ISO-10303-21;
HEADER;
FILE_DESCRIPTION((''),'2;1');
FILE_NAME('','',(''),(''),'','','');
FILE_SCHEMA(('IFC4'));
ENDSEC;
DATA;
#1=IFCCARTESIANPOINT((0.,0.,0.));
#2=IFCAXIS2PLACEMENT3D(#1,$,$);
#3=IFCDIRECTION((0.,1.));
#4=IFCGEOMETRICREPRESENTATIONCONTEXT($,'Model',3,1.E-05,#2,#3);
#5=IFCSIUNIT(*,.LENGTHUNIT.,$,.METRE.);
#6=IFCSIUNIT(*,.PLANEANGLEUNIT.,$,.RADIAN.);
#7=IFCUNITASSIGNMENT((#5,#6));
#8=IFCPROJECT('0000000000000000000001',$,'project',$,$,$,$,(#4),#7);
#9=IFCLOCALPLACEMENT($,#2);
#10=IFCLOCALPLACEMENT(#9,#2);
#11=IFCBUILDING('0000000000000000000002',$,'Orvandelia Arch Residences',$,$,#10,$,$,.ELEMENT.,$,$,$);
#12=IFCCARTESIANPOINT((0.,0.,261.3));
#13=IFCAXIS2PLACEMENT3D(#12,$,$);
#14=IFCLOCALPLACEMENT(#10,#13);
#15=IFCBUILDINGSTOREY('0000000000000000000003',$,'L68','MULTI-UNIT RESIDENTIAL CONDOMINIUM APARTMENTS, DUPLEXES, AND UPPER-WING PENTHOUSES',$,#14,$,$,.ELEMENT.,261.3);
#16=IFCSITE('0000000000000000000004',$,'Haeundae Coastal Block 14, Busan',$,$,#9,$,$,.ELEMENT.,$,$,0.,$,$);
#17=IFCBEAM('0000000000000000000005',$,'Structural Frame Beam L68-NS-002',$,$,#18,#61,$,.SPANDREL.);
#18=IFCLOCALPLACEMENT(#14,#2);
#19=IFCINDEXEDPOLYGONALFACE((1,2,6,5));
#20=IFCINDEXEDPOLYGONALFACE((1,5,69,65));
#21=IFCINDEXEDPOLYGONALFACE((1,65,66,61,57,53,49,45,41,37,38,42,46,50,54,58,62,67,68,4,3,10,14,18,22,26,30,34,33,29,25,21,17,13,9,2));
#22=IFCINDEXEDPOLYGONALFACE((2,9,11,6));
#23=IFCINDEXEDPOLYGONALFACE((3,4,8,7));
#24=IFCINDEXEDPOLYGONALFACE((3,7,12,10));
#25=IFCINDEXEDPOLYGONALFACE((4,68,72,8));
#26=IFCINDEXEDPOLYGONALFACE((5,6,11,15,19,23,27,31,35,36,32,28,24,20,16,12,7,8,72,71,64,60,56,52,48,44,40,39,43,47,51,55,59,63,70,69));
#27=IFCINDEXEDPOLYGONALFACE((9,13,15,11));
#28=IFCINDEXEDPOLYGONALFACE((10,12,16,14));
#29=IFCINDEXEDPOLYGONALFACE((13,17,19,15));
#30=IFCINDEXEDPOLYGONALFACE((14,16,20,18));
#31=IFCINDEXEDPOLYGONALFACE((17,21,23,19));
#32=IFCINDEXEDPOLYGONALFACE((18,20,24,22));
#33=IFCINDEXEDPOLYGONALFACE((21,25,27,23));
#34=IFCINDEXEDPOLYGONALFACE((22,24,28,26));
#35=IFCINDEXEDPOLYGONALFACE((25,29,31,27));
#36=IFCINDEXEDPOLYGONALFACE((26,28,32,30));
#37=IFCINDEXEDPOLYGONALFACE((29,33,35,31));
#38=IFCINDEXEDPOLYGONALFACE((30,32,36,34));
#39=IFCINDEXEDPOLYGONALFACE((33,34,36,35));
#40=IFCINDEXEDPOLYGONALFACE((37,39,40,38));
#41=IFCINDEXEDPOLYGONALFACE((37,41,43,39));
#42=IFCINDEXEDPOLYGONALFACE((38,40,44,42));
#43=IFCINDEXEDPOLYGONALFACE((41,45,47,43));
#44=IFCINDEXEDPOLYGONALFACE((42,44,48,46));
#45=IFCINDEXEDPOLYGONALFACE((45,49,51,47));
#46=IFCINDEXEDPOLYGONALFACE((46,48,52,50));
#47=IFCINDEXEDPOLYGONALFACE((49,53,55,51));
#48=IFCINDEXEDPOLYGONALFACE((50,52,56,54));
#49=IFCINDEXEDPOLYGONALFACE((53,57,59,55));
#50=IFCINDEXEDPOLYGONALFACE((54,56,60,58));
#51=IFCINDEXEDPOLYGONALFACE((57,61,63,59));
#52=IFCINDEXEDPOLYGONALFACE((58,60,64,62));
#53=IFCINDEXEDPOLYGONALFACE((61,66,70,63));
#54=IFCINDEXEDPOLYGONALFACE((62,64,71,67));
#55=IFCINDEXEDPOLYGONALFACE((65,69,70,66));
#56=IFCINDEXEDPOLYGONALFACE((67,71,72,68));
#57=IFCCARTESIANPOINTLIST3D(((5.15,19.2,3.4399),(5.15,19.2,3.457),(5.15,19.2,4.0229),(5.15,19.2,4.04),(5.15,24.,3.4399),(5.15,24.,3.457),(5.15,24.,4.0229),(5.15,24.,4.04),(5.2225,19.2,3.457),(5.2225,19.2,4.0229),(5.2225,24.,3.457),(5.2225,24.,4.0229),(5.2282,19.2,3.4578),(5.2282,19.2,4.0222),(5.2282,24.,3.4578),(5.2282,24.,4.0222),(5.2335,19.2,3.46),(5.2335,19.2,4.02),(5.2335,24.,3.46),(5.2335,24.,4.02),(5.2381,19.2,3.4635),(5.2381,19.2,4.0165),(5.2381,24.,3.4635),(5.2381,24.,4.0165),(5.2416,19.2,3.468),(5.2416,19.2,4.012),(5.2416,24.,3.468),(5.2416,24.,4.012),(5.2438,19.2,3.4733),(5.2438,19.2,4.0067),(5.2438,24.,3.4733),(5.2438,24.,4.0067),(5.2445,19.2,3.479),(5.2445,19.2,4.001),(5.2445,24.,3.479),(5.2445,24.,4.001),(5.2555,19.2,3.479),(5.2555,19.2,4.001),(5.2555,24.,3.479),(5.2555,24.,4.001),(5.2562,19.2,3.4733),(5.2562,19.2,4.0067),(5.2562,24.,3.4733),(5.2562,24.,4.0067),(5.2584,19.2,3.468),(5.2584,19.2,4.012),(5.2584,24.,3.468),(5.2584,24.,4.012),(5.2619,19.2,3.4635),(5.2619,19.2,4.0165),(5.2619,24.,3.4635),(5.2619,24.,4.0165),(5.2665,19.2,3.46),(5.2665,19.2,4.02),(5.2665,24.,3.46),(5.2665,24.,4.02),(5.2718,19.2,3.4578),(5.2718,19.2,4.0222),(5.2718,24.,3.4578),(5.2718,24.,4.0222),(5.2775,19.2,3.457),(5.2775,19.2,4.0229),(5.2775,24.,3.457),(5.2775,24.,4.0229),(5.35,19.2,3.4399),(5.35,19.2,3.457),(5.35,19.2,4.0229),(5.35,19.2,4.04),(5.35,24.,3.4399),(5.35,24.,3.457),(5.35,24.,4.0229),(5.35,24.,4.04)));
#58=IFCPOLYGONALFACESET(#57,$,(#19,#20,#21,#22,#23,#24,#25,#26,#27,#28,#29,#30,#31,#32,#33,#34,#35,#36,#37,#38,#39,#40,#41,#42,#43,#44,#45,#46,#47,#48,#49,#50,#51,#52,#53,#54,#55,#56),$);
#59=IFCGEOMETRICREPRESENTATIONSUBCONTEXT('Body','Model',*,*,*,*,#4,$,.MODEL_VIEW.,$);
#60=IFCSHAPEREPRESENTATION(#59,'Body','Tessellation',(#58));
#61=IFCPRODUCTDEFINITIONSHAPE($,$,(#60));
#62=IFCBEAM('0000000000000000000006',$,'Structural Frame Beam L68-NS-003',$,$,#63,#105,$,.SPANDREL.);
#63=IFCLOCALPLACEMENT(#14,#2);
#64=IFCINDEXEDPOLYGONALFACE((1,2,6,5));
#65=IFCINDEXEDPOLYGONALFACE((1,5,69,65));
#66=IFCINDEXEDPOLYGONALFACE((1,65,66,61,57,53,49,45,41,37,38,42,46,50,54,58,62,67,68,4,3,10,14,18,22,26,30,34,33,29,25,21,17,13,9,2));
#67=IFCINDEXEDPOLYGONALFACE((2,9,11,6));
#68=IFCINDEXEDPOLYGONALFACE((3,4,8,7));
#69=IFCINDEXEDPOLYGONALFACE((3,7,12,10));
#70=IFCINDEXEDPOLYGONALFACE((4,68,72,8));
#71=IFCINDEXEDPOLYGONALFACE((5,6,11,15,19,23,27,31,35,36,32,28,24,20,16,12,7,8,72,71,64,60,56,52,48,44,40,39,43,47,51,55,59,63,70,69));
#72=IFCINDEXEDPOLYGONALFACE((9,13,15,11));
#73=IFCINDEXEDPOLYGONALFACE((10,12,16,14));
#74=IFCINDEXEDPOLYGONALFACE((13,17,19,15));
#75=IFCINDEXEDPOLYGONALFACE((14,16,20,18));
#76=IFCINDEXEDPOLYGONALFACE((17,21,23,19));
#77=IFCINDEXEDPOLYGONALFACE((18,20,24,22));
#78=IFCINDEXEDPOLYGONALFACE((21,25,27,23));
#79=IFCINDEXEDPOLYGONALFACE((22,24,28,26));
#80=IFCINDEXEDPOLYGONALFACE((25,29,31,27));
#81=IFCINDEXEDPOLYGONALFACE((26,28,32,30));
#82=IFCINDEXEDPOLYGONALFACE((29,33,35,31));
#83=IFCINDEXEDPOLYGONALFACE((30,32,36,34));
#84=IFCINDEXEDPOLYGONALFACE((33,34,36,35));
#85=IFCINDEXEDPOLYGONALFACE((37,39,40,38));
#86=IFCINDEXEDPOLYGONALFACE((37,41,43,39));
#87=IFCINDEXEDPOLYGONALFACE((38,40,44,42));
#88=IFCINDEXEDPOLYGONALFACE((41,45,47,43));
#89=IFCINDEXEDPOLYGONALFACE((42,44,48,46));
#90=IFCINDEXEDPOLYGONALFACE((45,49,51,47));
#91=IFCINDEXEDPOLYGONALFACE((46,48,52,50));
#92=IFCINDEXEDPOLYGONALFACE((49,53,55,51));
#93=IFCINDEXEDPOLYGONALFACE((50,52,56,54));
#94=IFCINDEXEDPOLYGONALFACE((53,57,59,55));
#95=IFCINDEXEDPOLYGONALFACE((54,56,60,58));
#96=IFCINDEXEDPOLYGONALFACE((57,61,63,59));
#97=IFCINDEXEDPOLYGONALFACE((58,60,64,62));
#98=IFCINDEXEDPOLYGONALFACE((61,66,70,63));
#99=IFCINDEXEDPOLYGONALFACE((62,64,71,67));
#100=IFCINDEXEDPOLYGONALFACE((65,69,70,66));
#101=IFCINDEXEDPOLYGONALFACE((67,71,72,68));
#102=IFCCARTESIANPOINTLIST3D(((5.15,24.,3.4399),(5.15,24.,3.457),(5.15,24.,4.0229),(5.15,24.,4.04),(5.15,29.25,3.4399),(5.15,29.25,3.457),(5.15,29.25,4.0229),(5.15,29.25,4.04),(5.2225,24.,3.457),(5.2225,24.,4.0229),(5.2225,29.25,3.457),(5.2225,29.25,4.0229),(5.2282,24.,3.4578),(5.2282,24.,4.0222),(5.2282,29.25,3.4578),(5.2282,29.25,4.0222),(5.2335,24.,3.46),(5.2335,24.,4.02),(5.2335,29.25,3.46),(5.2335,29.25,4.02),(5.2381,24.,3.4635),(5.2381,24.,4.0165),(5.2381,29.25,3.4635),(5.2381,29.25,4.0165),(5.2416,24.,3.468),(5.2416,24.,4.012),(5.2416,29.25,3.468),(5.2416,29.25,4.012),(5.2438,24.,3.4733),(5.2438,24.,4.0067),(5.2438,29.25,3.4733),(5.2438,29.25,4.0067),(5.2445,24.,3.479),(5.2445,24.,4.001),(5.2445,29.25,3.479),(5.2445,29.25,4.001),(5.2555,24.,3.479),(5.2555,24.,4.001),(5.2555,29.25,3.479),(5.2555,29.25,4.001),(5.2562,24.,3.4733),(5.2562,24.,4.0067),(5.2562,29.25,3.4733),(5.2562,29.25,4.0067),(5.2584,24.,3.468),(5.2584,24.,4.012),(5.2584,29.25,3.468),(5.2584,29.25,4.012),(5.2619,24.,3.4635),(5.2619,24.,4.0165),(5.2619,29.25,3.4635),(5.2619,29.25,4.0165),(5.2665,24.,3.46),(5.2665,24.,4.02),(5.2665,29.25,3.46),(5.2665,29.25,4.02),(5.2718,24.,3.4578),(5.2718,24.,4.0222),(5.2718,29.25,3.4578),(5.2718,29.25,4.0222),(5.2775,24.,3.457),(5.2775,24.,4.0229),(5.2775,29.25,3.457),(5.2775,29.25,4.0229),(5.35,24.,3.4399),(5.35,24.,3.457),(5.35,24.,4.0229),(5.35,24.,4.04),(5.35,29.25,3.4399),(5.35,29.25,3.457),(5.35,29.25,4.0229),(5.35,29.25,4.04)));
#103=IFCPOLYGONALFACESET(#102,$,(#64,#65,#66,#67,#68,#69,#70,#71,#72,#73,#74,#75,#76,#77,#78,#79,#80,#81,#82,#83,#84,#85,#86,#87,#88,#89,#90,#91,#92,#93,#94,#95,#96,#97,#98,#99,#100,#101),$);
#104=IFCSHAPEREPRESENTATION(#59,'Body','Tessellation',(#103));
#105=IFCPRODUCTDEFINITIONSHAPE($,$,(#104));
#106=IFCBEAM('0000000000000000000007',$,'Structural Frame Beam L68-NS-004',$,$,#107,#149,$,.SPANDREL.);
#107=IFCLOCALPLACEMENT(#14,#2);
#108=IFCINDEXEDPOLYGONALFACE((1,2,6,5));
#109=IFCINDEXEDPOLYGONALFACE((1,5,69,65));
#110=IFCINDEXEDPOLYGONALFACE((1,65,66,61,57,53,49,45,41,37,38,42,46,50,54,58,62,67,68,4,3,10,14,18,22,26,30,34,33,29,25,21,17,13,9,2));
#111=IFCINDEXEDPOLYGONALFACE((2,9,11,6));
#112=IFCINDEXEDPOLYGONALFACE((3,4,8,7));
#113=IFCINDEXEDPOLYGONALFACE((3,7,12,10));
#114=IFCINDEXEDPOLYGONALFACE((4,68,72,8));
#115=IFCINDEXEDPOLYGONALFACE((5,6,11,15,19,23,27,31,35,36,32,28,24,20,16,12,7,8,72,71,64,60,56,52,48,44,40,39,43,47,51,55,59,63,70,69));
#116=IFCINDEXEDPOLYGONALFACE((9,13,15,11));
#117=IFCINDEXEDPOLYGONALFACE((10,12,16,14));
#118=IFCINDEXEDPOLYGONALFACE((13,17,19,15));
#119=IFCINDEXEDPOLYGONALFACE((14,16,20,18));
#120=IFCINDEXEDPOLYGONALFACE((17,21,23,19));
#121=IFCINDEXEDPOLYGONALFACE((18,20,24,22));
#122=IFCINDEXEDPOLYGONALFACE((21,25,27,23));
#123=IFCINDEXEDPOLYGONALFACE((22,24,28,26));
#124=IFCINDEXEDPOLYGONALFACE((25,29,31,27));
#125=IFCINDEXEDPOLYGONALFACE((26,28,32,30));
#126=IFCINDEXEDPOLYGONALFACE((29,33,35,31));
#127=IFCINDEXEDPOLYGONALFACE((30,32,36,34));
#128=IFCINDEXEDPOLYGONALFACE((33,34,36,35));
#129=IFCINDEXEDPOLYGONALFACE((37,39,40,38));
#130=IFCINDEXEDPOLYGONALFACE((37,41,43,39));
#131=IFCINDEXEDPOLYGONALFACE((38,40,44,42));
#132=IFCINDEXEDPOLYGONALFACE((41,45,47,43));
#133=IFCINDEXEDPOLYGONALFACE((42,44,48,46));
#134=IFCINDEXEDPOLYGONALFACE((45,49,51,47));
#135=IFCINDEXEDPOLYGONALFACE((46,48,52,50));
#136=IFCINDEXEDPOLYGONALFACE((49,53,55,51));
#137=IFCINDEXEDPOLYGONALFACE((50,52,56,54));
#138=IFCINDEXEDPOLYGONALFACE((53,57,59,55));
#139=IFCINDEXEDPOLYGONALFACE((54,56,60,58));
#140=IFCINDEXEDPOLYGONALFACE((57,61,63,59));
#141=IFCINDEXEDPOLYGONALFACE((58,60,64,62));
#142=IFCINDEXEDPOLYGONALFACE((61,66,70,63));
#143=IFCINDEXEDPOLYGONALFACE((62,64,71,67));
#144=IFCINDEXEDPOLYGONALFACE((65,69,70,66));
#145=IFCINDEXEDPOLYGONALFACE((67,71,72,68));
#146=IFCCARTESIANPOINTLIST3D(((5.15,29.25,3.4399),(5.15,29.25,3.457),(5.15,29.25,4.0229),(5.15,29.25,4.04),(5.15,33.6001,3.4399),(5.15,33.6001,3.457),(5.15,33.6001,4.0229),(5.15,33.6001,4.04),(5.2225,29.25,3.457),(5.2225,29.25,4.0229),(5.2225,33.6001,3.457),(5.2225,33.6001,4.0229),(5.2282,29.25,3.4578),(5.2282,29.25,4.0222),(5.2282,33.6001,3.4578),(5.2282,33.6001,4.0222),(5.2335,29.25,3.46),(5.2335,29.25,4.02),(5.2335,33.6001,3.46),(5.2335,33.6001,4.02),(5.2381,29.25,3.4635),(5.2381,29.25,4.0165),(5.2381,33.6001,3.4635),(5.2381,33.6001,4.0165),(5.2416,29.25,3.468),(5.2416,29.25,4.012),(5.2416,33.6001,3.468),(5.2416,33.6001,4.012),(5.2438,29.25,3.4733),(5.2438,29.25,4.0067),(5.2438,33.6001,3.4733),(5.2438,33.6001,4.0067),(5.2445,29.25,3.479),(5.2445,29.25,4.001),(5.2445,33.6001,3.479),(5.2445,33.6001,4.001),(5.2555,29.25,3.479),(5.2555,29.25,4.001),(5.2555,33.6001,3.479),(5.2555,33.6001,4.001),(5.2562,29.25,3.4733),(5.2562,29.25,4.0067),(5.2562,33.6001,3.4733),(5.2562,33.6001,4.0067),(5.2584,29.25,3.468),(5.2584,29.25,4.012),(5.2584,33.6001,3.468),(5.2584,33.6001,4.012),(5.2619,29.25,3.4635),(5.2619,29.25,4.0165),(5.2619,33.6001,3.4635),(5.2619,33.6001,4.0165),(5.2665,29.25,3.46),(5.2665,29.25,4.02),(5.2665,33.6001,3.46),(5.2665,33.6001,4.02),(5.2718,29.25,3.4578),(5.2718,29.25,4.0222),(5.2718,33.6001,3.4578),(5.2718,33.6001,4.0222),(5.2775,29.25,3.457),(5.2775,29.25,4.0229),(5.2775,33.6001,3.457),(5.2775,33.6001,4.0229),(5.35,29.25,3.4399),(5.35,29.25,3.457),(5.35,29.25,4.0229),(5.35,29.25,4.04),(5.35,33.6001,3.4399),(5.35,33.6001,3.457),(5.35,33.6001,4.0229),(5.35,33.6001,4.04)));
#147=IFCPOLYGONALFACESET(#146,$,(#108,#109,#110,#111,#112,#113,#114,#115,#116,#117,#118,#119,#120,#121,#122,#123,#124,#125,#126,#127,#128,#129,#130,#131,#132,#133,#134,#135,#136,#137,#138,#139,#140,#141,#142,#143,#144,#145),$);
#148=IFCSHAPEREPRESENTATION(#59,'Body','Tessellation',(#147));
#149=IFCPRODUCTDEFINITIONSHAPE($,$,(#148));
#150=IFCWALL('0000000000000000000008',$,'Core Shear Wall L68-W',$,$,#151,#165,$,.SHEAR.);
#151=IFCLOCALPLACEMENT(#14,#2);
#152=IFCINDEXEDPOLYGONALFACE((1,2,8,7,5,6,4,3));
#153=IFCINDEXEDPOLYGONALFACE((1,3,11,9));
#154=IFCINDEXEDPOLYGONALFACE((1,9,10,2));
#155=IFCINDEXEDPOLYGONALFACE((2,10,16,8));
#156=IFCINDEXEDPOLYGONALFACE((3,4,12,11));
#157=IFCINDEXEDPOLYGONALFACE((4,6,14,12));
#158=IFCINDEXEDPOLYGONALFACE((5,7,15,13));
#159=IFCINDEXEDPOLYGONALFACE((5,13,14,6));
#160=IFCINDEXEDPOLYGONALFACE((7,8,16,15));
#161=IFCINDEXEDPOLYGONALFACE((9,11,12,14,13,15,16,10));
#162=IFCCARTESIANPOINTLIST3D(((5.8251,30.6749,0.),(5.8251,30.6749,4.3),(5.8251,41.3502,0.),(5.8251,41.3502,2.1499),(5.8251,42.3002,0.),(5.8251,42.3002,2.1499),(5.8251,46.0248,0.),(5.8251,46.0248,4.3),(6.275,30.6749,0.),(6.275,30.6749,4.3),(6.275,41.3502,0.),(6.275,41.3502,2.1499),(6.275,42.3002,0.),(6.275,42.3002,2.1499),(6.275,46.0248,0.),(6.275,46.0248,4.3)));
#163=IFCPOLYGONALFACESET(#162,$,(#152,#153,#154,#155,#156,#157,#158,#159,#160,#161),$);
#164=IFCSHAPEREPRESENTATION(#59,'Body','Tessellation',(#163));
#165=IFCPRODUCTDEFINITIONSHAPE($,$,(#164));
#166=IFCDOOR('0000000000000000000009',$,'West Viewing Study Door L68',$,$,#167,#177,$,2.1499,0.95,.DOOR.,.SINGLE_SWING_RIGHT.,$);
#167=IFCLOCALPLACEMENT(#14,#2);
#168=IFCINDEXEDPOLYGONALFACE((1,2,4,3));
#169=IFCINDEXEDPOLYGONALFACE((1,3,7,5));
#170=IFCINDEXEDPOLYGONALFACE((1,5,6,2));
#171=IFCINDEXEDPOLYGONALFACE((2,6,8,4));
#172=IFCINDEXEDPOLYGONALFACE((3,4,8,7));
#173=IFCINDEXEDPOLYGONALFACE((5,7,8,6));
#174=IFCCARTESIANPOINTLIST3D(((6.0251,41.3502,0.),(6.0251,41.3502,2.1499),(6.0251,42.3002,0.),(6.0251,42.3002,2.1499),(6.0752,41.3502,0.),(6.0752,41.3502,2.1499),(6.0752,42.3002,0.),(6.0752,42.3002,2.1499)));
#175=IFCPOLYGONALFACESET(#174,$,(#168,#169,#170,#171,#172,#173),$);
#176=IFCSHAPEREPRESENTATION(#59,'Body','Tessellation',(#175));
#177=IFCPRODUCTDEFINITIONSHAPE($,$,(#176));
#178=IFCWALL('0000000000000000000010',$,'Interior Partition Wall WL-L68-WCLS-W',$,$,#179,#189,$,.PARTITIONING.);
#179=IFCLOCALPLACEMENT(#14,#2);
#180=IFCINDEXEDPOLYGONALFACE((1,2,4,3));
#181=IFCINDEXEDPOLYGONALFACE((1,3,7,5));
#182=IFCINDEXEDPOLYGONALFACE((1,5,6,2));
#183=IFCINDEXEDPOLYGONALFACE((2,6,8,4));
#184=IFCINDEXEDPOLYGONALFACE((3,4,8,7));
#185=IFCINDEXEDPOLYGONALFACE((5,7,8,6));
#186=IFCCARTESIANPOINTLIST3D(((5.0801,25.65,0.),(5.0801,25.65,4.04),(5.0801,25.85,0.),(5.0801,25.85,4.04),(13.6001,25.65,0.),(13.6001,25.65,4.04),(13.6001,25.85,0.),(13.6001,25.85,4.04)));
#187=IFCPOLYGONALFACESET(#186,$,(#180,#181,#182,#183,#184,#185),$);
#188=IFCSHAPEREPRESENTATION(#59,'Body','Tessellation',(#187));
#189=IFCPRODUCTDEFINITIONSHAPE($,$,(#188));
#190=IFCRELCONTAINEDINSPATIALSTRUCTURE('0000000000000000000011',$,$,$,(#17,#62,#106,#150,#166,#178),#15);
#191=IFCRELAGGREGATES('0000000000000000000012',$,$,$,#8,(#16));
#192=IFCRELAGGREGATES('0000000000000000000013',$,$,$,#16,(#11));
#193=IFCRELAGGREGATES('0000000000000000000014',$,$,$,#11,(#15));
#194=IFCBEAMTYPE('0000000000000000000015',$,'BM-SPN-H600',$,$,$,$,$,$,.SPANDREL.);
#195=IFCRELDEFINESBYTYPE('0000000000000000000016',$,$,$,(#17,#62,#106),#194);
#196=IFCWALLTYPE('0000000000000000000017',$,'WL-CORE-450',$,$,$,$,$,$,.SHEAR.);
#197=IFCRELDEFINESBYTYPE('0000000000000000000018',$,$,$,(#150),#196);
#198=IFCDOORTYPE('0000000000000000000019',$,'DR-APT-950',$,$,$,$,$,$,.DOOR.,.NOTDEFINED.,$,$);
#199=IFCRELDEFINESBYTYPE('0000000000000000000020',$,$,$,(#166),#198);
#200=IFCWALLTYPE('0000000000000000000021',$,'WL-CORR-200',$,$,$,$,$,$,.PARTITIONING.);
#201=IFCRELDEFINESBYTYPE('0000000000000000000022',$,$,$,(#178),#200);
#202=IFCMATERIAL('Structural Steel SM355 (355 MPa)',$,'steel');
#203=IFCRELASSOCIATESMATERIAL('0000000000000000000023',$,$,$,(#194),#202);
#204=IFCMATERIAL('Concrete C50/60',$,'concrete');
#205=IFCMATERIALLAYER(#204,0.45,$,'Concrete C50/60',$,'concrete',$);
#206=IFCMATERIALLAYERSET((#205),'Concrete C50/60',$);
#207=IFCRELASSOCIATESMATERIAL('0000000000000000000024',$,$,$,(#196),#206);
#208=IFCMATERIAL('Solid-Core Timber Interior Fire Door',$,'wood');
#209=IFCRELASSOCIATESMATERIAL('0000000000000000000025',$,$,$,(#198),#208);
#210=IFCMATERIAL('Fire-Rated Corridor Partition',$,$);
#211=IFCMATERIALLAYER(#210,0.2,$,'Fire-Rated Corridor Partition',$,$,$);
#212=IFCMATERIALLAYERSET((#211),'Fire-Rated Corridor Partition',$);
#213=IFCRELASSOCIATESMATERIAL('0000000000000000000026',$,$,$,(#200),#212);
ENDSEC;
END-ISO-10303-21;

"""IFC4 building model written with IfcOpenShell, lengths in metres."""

from ifc_helpers import new_model, si_unit, direction, frame, frame_2d, origin, origin_2d, place, context, subcontext, project, spatial, rectangle, i_section, extrude, material, layer, layer_set, material_profile, profile_set, type_object, element, fill, save


model = new_model("IFC4")

# Units and contexts
model_context = context("Model", 3, precision=1e-05, world=origin(), true_north=direction((0.0, 1.0)))
body_context = subcontext(model_context, "Body", "Model", "MODEL_VIEW")
ifc_project = project(units=[si_unit("LENGTHUNIT", "METRE"), si_unit("PLANEANGLEUNIT", "RADIAN")], contexts=[model_context])

# Site, building, storey
site_placement = place(None, origin())
site = spatial("IfcSite", under=ifc_project, at=site_placement, Name="Haeundae Coastal Block 14, Busan", CompositionType="ELEMENT", RefElevation=0.0)
building_placement = place(site_placement, origin())
building = spatial("IfcBuilding", under=site, at=building_placement, Name="Orvandelia Arch Residences", CompositionType="ELEMENT")
storey_placement = place(building_placement, frame((0.0, 0.0, 261.3)))
storey = spatial("IfcBuildingStorey", under=building, at=storey_placement, Name="L68", Description="MULTI-UNIT RESIDENTIAL CONDOMINIUM APARTMENTS, DUPLEXES, AND UPPER-WING PENTHOUSES", CompositionType="ELEMENT", Elevation=261.3)

# Shared definitions
ifc_material_1 = material(Name="Concrete C50/60", Category="concrete")

# Beams
ifc_material_2 = material(Name="Structural Steel SM355 (355 MPa)", Category="steel")
ifc_material_profile_1 = material_profile(ifc_material_2, i_section(OverallWidth=0.2, OverallDepth=0.6001, WebThickness=0.011, FlangeThickness=0.0171, FilletRadius=0.022, at=origin_2d()), Name="Structural Steel SM355 (355 MPa)", Category="steel")
ifc_profile_set_1 = profile_set([ifc_material_profile_1], Name="Structural Steel SM355 (355 MPa)")
beam_type_1 = type_object("IfcBeamType", Name="BM-SPN-H600", PredefinedType="SPANDREL", material=ifc_profile_set_1)
beam_1_placement = place(storey_placement, frame((5.25, 19.2, 3.74), z_axis=(0.0, 1.0, 0.0), x_axis=(-1.0, 0.0, 0.0)))
element("IfcBeam", 1, at=beam_1_placement, inside=storey, type_object=beam_type_1, Name="Structural Frame Beam L68-NS-002", PredefinedType="SPANDREL", context=body_context, shape_type="SweptSolid", body=[
    extrude(i_section(OverallWidth=0.2, OverallDepth=0.6001, WebThickness=0.011, FlangeThickness=0.0171, FilletRadius=0.022, at=origin_2d()), origin(), (0.0, 0.0, 1.0), 4.8),
])
beam_2_placement = place(storey_placement, frame((5.25, 24.0, 3.74), z_axis=(0.0, 1.0, 0.0), x_axis=(-1.0, 0.0, 0.0)))
element("IfcBeam", 2, at=beam_2_placement, inside=storey, type_object=beam_type_1, Name="Structural Frame Beam L68-NS-003", PredefinedType="SPANDREL", context=body_context, shape_type="SweptSolid", body=[
    extrude(i_section(OverallWidth=0.2, OverallDepth=0.6001, WebThickness=0.011, FlangeThickness=0.0171, FilletRadius=0.022, at=origin_2d()), origin(), (0.0, 0.0, 1.0), 5.25),
])
beam_3_placement = place(storey_placement, frame((5.25, 29.25, 3.74), z_axis=(0.0, 1.0, 0.0), x_axis=(-1.0, 0.0, 0.0)))
element("IfcBeam", 3, at=beam_3_placement, inside=storey, type_object=beam_type_1, Name="Structural Frame Beam L68-NS-004", PredefinedType="SPANDREL", context=body_context, shape_type="SweptSolid", body=[
    extrude(i_section(OverallWidth=0.2, OverallDepth=0.6001, WebThickness=0.011, FlangeThickness=0.0171, FilletRadius=0.022, at=origin_2d()), origin(), (0.0, 0.0, 1.0), 4.3501),
])

# Wall, opening, door
ifc_layer_1 = layer(ifc_material_1, 0.45, Name="Concrete C50/60", Category="concrete")
ifc_layer_set_1 = layer_set([ifc_layer_1], Name="Concrete C50/60")
wall_type_1 = type_object("IfcWallType", Name="WL-CORE-450", PredefinedType="SHEAR", material=ifc_layer_set_1)
wall_1_placement = place(storey_placement, frame((6.05, 30.675, 0.0), z_axis=(0.0, 0.0, 1.0), x_axis=(0.0, 1.0, 0.0)))
wall_1 = element("IfcWall", 4, at=wall_1_placement, inside=storey, type_object=wall_type_1, Name="Core Shear Wall L68-W", PredefinedType="SHEAR", context=body_context, shape_type="SweptSolid", body=[
    extrude(rectangle(XDim=15.3499, YDim=0.45, at=frame_2d((7.6748, 0.0))), origin(), (0.0, 0.0, 1.0), 4.3),
])
opening_1_placement = place(wall_1_placement, frame((10.675, 0.0, 0.0)))
opening_1 = element("IfcOpeningElement", 5, at=opening_1_placement, cuts=wall_1, PredefinedType="OPENING", context=body_context, shape_type="SweptSolid", body=[
    extrude(rectangle(XDim=0.95, YDim=2.1499, at=frame_2d((0.4751, 1.075))), frame((0.0, 0.2349, 0.0), z_axis=(0.0, -1.0, 0.0), x_axis=(1.0, 0.0, 0.0)), (0.0, 0.0, 1.0), 0.47),
])
ifc_material_3 = material(Name="Solid-Core Timber Interior Fire Door", Category="wood")
door_type_1 = type_object("IfcDoorType", Name="DR-APT-950", OperationType="NOTDEFINED", PredefinedType="DOOR", material=ifc_material_3)
door_1_placement = place(opening_1_placement, origin())
door_1 = element("IfcDoor", 6, at=door_1_placement, inside=storey, type_object=door_type_1, Name="West Viewing Study Door L68", OperationType="SINGLE_SWING_RIGHT", OverallHeight=2.1499, OverallWidth=0.95, PredefinedType="DOOR", context=body_context, shape_type="SweptSolid", body=[
    extrude(rectangle(XDim=0.95, YDim=2.1499, at=frame_2d((0.4751, 1.075))), frame((0.0, 0.0249, 0.0), z_axis=(0.0, -1.0, 0.0), x_axis=(1.0, 0.0, 0.0)), (0.0, 0.0, 1.0), 0.05),
])
fill(opening_1, door_1)

# Wall
ifc_material_4 = material(Name="Fire-Rated Corridor Partition")
ifc_layer_2 = layer(ifc_material_4, 0.2, Name="Fire-Rated Corridor Partition")
ifc_layer_set_2 = layer_set([ifc_layer_2], Name="Fire-Rated Corridor Partition")
wall_type_2 = type_object("IfcWallType", Name="WL-CORR-200", PredefinedType="PARTITIONING", material=ifc_layer_set_2)
wall_2_placement = place(storey_placement, frame((5.0801, 25.75, 0.0), z_axis=(0.0, 0.0, 1.0), x_axis=(1.0, 0.0, 0.0)))
element("IfcWall", 7, at=wall_2_placement, inside=storey, type_object=wall_type_2, Name="Interior Partition Wall WL-L68-WCLS-W", PredefinedType="PARTITIONING", context=body_context, shape_type="SweptSolid", body=[
    extrude(rectangle(XDim=8.52, YDim=0.2, at=frame_2d((4.26, 0.0))), origin(), (0.0, 0.0, 1.0), 4.04),
])

save(model, "model.ifc")
